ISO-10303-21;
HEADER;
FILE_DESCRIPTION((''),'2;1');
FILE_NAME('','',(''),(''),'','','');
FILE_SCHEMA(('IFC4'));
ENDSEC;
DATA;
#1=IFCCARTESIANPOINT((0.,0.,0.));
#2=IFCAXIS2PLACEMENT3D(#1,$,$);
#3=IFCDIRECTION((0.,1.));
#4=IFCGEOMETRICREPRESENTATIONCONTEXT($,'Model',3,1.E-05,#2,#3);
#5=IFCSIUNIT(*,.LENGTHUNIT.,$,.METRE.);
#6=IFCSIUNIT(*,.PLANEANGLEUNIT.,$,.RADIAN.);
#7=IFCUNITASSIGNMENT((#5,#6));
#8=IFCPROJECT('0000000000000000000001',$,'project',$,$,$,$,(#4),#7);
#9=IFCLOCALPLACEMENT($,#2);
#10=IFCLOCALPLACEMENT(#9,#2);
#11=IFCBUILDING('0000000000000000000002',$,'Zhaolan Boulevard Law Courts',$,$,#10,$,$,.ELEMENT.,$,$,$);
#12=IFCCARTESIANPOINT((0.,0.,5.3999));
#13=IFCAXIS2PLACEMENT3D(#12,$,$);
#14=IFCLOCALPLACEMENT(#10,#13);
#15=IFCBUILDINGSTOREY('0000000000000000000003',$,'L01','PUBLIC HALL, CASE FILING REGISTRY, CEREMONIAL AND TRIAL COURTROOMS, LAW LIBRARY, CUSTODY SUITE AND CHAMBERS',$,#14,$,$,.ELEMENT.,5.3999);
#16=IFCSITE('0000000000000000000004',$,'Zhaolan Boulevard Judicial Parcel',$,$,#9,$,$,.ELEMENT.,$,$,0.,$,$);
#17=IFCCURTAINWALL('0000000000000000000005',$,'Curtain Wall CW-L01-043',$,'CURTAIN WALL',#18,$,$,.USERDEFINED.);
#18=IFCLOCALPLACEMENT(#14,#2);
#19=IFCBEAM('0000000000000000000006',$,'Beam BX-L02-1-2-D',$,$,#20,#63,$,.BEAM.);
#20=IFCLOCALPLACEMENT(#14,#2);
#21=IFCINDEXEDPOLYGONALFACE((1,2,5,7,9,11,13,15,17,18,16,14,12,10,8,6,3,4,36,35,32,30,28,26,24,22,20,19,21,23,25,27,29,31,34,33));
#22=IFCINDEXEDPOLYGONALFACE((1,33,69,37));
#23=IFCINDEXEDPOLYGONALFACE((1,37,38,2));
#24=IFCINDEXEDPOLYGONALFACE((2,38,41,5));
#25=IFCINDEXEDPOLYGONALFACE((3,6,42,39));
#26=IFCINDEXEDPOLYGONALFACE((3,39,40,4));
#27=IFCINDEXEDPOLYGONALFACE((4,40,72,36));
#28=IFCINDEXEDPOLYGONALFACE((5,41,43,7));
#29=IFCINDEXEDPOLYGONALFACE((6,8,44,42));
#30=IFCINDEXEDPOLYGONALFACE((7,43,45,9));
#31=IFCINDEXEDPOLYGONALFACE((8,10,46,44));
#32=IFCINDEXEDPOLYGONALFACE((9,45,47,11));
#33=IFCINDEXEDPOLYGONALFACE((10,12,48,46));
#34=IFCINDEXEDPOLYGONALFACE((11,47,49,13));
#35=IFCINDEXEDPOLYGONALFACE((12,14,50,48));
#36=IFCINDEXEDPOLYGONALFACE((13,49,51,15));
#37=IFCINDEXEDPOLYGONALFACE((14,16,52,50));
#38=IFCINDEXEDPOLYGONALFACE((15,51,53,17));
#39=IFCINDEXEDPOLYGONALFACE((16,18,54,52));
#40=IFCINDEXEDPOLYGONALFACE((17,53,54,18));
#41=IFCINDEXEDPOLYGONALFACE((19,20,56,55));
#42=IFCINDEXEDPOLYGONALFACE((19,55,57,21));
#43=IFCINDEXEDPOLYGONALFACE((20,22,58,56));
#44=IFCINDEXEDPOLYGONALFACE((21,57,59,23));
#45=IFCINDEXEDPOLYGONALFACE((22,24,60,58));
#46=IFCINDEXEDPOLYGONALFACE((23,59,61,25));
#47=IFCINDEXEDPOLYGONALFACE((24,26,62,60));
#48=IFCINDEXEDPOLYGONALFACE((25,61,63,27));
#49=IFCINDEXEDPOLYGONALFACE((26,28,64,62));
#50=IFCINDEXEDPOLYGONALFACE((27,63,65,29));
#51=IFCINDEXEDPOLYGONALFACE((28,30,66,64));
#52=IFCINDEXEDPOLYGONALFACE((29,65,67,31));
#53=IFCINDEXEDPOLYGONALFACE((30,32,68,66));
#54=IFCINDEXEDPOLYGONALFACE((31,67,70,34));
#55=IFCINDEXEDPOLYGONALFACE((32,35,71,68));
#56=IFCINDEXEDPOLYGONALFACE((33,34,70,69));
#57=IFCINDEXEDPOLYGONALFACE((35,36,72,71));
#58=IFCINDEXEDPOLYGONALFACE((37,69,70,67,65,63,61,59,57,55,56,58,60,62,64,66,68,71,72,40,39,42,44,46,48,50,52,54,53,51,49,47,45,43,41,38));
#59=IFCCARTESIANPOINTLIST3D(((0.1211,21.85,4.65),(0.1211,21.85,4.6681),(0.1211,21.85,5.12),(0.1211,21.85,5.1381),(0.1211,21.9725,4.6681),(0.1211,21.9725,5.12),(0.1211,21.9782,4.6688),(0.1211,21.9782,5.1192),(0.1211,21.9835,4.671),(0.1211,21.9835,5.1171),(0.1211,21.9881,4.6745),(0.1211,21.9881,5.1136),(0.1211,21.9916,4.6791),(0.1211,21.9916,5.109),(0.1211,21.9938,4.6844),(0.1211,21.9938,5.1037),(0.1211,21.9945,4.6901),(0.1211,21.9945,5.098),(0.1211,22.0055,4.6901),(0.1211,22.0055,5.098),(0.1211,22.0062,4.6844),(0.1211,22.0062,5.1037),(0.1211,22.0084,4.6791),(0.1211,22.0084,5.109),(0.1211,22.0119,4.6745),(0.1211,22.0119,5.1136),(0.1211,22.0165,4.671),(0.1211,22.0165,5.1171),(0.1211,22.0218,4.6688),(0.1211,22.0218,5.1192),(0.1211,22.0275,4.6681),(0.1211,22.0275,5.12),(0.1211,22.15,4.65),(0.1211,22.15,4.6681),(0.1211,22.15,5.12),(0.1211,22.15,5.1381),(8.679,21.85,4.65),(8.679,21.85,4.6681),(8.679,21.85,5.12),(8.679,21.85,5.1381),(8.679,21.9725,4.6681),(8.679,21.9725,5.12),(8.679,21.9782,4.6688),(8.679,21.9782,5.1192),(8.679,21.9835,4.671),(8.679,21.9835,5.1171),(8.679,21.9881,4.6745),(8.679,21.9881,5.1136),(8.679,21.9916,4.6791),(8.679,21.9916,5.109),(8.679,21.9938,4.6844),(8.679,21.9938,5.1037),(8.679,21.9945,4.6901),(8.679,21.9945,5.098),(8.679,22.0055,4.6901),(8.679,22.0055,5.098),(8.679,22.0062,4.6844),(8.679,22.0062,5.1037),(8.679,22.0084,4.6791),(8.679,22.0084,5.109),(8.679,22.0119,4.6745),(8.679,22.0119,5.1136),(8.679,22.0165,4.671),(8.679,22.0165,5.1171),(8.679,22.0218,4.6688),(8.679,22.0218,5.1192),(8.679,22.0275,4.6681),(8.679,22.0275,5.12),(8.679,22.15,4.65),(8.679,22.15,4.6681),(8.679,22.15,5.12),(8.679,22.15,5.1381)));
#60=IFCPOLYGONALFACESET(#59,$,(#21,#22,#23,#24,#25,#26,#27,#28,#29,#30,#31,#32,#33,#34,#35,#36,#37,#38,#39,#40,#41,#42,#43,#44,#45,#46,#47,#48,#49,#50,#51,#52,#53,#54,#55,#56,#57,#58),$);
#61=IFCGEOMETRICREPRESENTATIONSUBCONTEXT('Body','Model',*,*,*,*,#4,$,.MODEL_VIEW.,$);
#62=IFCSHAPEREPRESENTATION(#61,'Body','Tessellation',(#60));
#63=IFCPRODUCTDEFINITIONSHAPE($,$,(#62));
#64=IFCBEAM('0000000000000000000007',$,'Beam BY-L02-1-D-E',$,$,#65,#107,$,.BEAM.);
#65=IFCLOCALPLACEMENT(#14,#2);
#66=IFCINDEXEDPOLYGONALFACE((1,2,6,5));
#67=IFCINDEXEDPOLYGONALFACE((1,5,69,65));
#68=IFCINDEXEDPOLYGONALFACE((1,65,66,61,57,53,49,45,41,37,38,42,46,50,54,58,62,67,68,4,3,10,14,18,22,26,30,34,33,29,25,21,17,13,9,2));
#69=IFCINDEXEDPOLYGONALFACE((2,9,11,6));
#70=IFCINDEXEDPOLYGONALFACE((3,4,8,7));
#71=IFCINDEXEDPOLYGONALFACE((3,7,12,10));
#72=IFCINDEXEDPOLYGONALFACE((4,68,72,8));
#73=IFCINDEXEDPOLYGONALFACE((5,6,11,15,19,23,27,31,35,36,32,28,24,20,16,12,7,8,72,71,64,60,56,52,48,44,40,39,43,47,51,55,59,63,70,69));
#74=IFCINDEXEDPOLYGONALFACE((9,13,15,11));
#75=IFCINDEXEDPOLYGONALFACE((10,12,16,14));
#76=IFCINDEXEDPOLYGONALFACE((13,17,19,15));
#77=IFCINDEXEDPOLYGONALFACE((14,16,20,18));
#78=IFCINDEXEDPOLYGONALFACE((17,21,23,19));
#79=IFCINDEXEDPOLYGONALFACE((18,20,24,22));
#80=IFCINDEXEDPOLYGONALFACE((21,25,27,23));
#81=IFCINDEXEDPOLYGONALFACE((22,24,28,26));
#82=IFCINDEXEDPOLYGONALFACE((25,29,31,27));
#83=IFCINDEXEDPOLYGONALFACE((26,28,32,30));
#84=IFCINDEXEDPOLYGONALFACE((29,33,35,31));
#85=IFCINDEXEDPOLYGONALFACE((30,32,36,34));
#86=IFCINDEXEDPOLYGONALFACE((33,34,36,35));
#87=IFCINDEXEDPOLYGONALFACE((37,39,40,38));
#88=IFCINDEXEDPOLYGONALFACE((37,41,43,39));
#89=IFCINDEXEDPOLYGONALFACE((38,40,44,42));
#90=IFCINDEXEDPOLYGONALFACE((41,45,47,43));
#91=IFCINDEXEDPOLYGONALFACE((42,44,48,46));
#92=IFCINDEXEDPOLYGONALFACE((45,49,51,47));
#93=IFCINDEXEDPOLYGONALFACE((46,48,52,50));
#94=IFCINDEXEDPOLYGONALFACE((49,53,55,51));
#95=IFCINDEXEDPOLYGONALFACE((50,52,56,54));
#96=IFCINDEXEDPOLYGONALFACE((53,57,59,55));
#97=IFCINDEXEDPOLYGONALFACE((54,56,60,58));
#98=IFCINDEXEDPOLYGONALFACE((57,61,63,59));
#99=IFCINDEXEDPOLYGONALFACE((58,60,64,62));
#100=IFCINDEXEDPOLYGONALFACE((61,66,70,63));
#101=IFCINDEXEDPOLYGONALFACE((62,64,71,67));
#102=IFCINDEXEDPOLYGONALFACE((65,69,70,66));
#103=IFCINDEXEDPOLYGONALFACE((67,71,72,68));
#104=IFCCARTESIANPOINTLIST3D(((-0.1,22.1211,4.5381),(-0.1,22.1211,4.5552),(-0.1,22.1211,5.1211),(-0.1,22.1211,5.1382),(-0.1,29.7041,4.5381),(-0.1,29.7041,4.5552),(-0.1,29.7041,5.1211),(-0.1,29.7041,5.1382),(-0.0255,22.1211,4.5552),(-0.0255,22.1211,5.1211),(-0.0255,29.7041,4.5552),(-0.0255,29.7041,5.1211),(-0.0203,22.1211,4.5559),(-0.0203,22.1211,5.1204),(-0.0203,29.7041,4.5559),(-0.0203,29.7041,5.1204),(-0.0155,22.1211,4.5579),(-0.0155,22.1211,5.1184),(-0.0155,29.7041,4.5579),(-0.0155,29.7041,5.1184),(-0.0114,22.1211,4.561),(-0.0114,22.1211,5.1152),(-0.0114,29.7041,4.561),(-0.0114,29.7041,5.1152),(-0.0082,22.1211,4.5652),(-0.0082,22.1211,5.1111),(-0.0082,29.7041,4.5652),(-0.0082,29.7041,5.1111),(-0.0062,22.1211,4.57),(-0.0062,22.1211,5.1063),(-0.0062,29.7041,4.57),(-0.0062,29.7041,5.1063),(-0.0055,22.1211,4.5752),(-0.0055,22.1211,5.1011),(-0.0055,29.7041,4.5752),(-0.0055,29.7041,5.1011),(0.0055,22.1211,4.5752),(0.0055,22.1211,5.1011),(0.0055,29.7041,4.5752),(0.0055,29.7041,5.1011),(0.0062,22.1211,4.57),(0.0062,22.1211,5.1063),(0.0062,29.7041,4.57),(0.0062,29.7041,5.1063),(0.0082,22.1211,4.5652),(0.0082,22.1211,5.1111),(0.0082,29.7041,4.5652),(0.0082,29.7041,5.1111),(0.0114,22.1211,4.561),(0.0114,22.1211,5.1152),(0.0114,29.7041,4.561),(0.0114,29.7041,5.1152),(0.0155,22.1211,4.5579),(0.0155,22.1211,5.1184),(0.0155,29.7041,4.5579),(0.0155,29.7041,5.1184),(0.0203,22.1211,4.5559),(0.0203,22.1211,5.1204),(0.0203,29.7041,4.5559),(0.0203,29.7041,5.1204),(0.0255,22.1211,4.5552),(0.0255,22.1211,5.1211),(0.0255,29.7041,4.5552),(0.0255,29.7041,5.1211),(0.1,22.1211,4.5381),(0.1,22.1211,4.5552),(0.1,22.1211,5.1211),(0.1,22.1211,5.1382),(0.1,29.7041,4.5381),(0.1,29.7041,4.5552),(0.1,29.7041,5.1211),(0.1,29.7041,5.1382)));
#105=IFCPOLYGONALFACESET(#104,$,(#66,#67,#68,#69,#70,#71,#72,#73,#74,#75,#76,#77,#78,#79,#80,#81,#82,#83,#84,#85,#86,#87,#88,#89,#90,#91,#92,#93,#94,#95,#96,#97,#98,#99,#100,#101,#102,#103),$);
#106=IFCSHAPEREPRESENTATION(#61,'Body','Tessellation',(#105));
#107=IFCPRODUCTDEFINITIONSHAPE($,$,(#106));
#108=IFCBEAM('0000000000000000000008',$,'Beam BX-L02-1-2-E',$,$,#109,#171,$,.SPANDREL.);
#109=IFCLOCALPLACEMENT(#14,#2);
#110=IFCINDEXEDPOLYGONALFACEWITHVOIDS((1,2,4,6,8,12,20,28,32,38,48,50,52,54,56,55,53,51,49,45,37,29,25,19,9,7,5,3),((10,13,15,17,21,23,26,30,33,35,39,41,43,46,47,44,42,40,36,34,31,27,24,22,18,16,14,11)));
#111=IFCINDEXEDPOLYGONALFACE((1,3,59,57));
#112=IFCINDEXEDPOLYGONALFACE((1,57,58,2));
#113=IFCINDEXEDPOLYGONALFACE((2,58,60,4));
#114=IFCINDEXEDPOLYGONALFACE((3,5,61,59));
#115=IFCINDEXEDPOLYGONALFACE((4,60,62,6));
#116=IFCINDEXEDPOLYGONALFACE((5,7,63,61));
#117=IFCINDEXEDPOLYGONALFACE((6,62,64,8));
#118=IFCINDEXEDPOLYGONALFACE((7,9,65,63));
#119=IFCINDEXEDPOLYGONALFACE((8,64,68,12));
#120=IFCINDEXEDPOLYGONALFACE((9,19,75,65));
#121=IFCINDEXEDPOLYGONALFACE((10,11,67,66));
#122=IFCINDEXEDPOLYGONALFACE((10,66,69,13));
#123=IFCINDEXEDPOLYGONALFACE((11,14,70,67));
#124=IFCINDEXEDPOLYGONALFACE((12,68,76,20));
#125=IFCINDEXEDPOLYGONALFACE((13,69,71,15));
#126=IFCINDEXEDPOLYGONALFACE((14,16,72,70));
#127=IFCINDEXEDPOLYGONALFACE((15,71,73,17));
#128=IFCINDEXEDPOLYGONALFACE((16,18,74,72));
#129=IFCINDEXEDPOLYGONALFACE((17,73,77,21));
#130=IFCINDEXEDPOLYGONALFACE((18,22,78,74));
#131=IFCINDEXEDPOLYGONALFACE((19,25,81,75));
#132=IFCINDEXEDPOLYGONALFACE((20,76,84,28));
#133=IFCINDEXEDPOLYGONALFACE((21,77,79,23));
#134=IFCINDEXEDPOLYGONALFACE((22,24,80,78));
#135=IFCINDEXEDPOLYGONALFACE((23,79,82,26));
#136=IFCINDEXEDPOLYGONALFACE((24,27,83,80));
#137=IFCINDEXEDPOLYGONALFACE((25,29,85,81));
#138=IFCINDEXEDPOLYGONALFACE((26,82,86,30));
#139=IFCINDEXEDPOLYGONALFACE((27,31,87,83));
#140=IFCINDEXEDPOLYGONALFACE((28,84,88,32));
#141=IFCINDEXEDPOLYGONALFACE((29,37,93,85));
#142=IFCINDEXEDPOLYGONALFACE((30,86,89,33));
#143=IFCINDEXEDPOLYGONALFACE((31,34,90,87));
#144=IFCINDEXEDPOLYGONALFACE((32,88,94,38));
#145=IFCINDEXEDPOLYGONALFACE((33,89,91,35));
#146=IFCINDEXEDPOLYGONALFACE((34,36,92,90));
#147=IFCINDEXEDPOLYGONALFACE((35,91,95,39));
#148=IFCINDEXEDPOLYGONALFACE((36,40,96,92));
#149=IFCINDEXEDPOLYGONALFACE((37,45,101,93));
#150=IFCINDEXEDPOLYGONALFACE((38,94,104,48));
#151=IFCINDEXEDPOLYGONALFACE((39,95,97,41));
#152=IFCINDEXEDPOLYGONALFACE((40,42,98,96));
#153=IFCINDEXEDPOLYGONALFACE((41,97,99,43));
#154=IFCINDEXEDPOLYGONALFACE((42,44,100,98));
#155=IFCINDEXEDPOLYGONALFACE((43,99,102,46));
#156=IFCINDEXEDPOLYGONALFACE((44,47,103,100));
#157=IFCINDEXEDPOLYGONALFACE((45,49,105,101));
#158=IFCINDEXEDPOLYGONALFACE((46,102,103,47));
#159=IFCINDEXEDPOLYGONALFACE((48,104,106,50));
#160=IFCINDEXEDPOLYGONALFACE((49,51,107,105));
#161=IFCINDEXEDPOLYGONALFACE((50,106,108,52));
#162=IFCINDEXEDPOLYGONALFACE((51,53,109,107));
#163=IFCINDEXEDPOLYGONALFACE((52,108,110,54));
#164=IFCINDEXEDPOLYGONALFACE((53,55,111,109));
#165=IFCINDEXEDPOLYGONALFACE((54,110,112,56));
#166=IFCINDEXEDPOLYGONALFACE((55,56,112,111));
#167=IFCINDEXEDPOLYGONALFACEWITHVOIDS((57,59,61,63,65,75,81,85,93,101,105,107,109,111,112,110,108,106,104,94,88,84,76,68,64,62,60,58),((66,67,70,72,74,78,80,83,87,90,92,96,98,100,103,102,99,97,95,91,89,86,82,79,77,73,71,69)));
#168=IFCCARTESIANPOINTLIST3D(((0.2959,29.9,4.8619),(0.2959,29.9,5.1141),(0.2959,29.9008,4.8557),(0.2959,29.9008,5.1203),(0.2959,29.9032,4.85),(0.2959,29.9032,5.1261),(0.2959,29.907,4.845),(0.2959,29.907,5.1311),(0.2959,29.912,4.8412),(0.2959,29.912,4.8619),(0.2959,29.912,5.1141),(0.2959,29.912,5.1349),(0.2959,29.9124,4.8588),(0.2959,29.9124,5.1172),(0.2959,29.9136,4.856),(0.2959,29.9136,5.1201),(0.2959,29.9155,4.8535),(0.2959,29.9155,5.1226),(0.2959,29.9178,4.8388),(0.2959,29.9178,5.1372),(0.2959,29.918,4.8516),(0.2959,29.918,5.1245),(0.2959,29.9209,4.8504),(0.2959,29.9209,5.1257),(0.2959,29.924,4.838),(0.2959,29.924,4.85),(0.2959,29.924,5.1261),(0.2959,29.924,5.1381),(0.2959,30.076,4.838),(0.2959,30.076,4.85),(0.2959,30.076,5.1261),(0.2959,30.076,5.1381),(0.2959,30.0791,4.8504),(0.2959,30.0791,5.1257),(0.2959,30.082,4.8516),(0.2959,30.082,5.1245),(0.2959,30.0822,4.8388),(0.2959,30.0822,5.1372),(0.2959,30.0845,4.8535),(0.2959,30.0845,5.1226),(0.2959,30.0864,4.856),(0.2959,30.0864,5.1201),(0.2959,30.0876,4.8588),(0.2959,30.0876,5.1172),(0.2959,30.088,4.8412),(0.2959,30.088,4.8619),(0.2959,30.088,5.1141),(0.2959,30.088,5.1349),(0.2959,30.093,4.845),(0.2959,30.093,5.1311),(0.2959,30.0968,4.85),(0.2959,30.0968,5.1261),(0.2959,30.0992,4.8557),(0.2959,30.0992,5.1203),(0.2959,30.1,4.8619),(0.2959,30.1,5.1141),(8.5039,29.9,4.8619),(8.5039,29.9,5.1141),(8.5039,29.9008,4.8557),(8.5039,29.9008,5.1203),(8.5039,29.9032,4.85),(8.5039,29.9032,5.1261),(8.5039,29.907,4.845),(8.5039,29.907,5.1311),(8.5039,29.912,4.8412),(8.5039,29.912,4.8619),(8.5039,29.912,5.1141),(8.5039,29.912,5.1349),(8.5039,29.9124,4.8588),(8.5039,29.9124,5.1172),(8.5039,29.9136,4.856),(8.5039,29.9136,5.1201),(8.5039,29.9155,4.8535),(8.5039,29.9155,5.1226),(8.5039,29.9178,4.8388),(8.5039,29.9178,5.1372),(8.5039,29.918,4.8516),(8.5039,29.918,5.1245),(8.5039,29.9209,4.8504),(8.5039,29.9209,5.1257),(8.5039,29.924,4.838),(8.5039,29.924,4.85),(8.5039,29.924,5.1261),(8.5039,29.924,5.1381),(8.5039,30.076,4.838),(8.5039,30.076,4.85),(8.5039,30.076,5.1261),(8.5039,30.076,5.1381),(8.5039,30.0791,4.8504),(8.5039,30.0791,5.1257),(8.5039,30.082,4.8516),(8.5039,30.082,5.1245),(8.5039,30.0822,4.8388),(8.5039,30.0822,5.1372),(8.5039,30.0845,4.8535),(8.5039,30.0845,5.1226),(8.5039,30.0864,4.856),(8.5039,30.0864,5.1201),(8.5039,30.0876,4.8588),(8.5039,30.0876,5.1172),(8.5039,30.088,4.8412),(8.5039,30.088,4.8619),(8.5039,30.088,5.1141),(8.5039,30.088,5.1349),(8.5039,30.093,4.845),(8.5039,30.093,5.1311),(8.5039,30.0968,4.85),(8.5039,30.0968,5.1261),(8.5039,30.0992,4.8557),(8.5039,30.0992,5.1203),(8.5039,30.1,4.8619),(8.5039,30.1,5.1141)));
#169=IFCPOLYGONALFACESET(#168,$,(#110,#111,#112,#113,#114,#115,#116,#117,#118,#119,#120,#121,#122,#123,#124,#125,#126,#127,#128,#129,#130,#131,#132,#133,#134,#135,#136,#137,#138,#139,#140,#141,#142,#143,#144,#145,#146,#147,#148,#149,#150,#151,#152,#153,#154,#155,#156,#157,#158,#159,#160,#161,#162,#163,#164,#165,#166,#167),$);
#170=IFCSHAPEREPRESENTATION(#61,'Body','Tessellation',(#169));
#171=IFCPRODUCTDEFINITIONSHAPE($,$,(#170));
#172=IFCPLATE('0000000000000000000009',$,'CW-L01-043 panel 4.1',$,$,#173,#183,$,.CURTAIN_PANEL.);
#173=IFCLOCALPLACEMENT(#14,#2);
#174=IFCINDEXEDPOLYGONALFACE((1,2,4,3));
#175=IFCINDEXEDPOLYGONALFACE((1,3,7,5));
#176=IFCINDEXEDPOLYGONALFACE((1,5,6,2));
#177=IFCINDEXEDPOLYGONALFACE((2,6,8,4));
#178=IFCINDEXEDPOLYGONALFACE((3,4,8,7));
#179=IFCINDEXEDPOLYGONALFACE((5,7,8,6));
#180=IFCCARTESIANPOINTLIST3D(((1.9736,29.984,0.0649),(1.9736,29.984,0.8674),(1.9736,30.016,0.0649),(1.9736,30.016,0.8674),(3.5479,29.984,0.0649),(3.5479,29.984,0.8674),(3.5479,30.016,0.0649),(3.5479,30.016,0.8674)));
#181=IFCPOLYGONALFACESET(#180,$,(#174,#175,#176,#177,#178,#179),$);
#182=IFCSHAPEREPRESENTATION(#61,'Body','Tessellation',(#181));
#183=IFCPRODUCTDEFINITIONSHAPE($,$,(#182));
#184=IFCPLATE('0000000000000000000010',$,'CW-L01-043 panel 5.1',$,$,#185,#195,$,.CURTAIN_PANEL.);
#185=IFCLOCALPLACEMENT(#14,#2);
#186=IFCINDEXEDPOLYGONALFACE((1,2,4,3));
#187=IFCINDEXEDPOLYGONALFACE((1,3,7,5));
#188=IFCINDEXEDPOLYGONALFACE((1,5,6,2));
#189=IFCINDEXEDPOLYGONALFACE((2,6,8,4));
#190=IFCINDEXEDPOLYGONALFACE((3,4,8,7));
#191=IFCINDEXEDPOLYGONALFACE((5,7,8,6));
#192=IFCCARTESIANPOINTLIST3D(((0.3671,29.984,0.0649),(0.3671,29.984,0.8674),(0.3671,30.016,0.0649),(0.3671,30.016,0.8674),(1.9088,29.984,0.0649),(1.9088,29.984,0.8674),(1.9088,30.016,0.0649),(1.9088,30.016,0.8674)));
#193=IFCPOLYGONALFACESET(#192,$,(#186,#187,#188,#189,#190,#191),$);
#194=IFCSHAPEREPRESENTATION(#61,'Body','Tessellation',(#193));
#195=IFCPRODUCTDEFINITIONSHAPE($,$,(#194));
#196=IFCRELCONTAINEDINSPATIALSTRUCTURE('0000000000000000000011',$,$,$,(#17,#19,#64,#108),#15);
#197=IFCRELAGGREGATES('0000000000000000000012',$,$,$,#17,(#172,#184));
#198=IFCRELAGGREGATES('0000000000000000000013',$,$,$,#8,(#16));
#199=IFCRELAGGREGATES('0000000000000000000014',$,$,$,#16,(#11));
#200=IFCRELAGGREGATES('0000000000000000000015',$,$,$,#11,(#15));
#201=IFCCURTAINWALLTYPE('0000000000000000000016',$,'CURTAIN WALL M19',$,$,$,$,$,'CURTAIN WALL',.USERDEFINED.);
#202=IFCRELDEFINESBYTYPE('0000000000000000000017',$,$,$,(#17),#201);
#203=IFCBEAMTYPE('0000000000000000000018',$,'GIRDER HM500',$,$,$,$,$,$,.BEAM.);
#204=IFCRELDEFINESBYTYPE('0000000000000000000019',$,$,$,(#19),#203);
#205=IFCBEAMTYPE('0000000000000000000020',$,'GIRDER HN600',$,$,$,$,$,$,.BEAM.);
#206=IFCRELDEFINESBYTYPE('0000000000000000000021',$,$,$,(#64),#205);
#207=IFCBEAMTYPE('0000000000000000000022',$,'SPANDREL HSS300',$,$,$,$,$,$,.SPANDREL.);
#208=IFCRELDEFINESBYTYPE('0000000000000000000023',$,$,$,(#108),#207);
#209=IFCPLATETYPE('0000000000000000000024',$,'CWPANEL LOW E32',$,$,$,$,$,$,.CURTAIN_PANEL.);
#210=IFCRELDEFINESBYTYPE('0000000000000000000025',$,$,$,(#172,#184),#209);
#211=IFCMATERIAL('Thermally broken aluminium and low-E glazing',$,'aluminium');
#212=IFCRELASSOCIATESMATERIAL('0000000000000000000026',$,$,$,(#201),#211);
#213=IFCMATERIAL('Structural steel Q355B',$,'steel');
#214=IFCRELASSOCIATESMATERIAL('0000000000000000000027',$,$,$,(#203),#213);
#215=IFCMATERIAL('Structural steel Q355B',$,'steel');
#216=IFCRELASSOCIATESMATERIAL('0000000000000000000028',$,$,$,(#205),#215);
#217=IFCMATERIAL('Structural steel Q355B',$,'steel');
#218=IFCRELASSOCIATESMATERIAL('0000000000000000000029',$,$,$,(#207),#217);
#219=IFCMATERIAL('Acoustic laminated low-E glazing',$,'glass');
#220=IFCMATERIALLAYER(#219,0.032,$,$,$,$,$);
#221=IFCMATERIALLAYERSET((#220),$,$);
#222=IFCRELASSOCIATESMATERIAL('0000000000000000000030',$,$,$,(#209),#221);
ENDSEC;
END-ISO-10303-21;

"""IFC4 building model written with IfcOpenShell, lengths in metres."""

from ifc_helpers import new_model, si_unit, direction, frame, origin, origin_2d, place, context, subcontext, project, spatial, rectangle, hollow_rectangle, i_section, extrude, material, layer, layer_set, material_profile, profile_set, type_object, element, aggregate, save


model = new_model("IFC4")

# Units and contexts
model_context = context("Model", 3, precision=1e-05, world=origin(), true_north=direction((0.0, 1.0)))
body_context = subcontext(model_context, "Body", "Model", "MODEL_VIEW")
ifc_project = project(units=[si_unit("LENGTHUNIT", "METRE"), si_unit("PLANEANGLEUNIT", "RADIAN")], contexts=[model_context])

# Site, building, storey
site_placement = place(None, origin())
site = spatial("IfcSite", under=ifc_project, at=site_placement, Name="Zhaolan Boulevard Judicial Parcel", CompositionType="ELEMENT", RefElevation=0.0)
building_placement = place(site_placement, origin())
building = spatial("IfcBuilding", under=site, at=building_placement, Name="Zhaolan Boulevard Law Courts", CompositionType="ELEMENT")
storey_placement = place(building_placement, frame((0.0, 0.0, 5.3999)))
storey = spatial("IfcBuildingStorey", under=building, at=storey_placement, Name="L01", Description="PUBLIC HALL, CASE FILING REGISTRY, CEREMONIAL AND TRIAL COURTROOMS, LAW LIBRARY, CUSTODY SUITE AND CHAMBERS", CompositionType="ELEMENT", Elevation=5.3999)

# Curtain wall
ifc_material_1 = material(Name="Thermally broken aluminium and low-E glazing", Category="aluminium")
curtain_wall_type = type_object("IfcCurtainWallType", Name="CURTAIN WALL M19", ElementType="CURTAIN WALL", PredefinedType="USERDEFINED", material=ifc_material_1)
curtain_wall_placement = place(storey_placement, origin())
curtain_wall = element("IfcCurtainWall", 1, at=curtain_wall_placement, inside=storey, type_object=curtain_wall_type, Name="Curtain Wall CW-L01-043", ObjectType="CURTAIN WALL", PredefinedType="USERDEFINED")

# Beams
ifc_material_2 = material(Name="Structural steel Q355B", Category="steel")
ifc_material_profile_1 = material_profile(ifc_material_2, i_section(OverallWidth=0.3, OverallDepth=0.488, WebThickness=0.011, FlangeThickness=0.0181, FilletRadius=0.022, at=origin_2d()), Name="HM488x300")
ifc_profile_set_1 = profile_set([ifc_material_profile_1], Name="Structural steel Q355B")
beam_type_1 = type_object("IfcBeamType", Name="GIRDER HM500", PredefinedType="BEAM", material=ifc_profile_set_1)
beam_1_placement = place(storey_placement, frame((0.1211, 22.0, 4.894), z_axis=(1.0, 0.0, 0.0), x_axis=(0.0, 1.0, 0.0)))
element("IfcBeam", 2, at=beam_1_placement, inside=storey, type_object=beam_type_1, Name="Beam BX-L02-1-2-D", PredefinedType="BEAM", context=body_context, shape_type="SweptSolid", body=[
    extrude(i_section(OverallWidth=0.3, OverallDepth=0.488, WebThickness=0.011, FlangeThickness=0.0181, FilletRadius=0.022, at=origin_2d()), origin(), (0.0, 0.0, 1.0), 8.5579),
])
ifc_material_3 = material(Name="Structural steel Q355B", Category="steel")
ifc_material_profile_2 = material_profile(ifc_material_3, i_section(OverallWidth=0.2, OverallDepth=0.6001, WebThickness=0.011, FlangeThickness=0.0171, FilletRadius=0.02, at=origin_2d()), Name="HN600x200")
ifc_profile_set_2 = profile_set([ifc_material_profile_2], Name="Structural steel Q355B")
beam_type_2 = type_object("IfcBeamType", Name="GIRDER HN600", PredefinedType="BEAM", material=ifc_profile_set_2)
beam_2_placement = place(storey_placement, frame((0.0, 22.1211, 4.8381), z_axis=(0.0, 1.0, 0.0), x_axis=(-1.0, 0.0, 0.0)))
element("IfcBeam", 3, at=beam_2_placement, inside=storey, type_object=beam_type_2, Name="Beam BY-L02-1-D-E", PredefinedType="BEAM", context=body_context, shape_type="SweptSolid", body=[
    extrude(i_section(OverallWidth=0.2, OverallDepth=0.6001, WebThickness=0.011, FlangeThickness=0.0171, FilletRadius=0.02, at=origin_2d()), origin(), (0.0, 0.0, 1.0), 7.583),
])
ifc_material_4 = material(Name="Structural steel Q355B", Category="steel")
ifc_material_profile_3 = material_profile(ifc_material_4, hollow_rectangle(XDim=0.2, YDim=0.3, WallThickness=0.012, InnerFilletRadius=0.012, OuterFilletRadius=0.0239, at=origin_2d()), Name="HSS300x200x12")
ifc_profile_set_3 = profile_set([ifc_material_profile_3], Name="Structural steel Q355B")
beam_type_3 = type_object("IfcBeamType", Name="SPANDREL HSS300", PredefinedType="SPANDREL", material=ifc_profile_set_3)
beam_3_placement = place(storey_placement, frame((0.2959, 30.0, 4.988), z_axis=(1.0, 0.0, 0.0), x_axis=(0.0, 1.0, 0.0)))
element("IfcBeam", 4, at=beam_3_placement, inside=storey, type_object=beam_type_3, Name="Beam BX-L02-1-2-E", PredefinedType="SPANDREL", context=body_context, shape_type="SweptSolid", body=[
    extrude(hollow_rectangle(XDim=0.2, YDim=0.3, WallThickness=0.012, InnerFilletRadius=0.012, OuterFilletRadius=0.0239, at=origin_2d()), origin(), (0.0, 0.0, 1.0), 8.208),
])

# Plates
ifc_material_5 = material(Name="Acoustic laminated low-E glazing", Category="glass")
ifc_layer_1 = layer(ifc_material_5, 0.032)
ifc_layer_set_1 = layer_set([ifc_layer_1])
plate_type_1 = type_object("IfcPlateType", Name="CWPANEL LOW E32", PredefinedType="CURTAIN_PANEL", material=ifc_layer_set_1)
plate_1_placement = place(storey_placement, frame((2.7607, 30.0, 0.0649), z_axis=(0.0, 0.0, 1.0), x_axis=(-1.0, 0.0, 0.0)))
plate_1 = element("IfcPlate", 5, at=plate_1_placement, type_object=plate_type_1, Name="CW-L01-043 panel 4.1", PredefinedType="CURTAIN_PANEL", context=body_context, shape_type="SweptSolid", body=[
    extrude(rectangle(XDim=1.5742, YDim=0.032, at=origin_2d()), origin(), (0.0, 0.0, 1.0), 0.8025),
])
plate_2_placement = place(storey_placement, frame((1.1379, 30.0, 0.0649), z_axis=(0.0, 0.0, 1.0), x_axis=(-1.0, 0.0, 0.0)))
plate_2 = element("IfcPlate", 6, at=plate_2_placement, type_object=plate_type_1, Name="CW-L01-043 panel 5.1", PredefinedType="CURTAIN_PANEL", context=body_context, shape_type="SweptSolid", body=[
    extrude(rectangle(XDim=1.5417, YDim=0.032, at=origin_2d()), origin(), (0.0, 0.0, 1.0), 0.8025),
])
aggregate(curtain_wall, [plate_1, plate_2])

save(model, "model.ifc")
